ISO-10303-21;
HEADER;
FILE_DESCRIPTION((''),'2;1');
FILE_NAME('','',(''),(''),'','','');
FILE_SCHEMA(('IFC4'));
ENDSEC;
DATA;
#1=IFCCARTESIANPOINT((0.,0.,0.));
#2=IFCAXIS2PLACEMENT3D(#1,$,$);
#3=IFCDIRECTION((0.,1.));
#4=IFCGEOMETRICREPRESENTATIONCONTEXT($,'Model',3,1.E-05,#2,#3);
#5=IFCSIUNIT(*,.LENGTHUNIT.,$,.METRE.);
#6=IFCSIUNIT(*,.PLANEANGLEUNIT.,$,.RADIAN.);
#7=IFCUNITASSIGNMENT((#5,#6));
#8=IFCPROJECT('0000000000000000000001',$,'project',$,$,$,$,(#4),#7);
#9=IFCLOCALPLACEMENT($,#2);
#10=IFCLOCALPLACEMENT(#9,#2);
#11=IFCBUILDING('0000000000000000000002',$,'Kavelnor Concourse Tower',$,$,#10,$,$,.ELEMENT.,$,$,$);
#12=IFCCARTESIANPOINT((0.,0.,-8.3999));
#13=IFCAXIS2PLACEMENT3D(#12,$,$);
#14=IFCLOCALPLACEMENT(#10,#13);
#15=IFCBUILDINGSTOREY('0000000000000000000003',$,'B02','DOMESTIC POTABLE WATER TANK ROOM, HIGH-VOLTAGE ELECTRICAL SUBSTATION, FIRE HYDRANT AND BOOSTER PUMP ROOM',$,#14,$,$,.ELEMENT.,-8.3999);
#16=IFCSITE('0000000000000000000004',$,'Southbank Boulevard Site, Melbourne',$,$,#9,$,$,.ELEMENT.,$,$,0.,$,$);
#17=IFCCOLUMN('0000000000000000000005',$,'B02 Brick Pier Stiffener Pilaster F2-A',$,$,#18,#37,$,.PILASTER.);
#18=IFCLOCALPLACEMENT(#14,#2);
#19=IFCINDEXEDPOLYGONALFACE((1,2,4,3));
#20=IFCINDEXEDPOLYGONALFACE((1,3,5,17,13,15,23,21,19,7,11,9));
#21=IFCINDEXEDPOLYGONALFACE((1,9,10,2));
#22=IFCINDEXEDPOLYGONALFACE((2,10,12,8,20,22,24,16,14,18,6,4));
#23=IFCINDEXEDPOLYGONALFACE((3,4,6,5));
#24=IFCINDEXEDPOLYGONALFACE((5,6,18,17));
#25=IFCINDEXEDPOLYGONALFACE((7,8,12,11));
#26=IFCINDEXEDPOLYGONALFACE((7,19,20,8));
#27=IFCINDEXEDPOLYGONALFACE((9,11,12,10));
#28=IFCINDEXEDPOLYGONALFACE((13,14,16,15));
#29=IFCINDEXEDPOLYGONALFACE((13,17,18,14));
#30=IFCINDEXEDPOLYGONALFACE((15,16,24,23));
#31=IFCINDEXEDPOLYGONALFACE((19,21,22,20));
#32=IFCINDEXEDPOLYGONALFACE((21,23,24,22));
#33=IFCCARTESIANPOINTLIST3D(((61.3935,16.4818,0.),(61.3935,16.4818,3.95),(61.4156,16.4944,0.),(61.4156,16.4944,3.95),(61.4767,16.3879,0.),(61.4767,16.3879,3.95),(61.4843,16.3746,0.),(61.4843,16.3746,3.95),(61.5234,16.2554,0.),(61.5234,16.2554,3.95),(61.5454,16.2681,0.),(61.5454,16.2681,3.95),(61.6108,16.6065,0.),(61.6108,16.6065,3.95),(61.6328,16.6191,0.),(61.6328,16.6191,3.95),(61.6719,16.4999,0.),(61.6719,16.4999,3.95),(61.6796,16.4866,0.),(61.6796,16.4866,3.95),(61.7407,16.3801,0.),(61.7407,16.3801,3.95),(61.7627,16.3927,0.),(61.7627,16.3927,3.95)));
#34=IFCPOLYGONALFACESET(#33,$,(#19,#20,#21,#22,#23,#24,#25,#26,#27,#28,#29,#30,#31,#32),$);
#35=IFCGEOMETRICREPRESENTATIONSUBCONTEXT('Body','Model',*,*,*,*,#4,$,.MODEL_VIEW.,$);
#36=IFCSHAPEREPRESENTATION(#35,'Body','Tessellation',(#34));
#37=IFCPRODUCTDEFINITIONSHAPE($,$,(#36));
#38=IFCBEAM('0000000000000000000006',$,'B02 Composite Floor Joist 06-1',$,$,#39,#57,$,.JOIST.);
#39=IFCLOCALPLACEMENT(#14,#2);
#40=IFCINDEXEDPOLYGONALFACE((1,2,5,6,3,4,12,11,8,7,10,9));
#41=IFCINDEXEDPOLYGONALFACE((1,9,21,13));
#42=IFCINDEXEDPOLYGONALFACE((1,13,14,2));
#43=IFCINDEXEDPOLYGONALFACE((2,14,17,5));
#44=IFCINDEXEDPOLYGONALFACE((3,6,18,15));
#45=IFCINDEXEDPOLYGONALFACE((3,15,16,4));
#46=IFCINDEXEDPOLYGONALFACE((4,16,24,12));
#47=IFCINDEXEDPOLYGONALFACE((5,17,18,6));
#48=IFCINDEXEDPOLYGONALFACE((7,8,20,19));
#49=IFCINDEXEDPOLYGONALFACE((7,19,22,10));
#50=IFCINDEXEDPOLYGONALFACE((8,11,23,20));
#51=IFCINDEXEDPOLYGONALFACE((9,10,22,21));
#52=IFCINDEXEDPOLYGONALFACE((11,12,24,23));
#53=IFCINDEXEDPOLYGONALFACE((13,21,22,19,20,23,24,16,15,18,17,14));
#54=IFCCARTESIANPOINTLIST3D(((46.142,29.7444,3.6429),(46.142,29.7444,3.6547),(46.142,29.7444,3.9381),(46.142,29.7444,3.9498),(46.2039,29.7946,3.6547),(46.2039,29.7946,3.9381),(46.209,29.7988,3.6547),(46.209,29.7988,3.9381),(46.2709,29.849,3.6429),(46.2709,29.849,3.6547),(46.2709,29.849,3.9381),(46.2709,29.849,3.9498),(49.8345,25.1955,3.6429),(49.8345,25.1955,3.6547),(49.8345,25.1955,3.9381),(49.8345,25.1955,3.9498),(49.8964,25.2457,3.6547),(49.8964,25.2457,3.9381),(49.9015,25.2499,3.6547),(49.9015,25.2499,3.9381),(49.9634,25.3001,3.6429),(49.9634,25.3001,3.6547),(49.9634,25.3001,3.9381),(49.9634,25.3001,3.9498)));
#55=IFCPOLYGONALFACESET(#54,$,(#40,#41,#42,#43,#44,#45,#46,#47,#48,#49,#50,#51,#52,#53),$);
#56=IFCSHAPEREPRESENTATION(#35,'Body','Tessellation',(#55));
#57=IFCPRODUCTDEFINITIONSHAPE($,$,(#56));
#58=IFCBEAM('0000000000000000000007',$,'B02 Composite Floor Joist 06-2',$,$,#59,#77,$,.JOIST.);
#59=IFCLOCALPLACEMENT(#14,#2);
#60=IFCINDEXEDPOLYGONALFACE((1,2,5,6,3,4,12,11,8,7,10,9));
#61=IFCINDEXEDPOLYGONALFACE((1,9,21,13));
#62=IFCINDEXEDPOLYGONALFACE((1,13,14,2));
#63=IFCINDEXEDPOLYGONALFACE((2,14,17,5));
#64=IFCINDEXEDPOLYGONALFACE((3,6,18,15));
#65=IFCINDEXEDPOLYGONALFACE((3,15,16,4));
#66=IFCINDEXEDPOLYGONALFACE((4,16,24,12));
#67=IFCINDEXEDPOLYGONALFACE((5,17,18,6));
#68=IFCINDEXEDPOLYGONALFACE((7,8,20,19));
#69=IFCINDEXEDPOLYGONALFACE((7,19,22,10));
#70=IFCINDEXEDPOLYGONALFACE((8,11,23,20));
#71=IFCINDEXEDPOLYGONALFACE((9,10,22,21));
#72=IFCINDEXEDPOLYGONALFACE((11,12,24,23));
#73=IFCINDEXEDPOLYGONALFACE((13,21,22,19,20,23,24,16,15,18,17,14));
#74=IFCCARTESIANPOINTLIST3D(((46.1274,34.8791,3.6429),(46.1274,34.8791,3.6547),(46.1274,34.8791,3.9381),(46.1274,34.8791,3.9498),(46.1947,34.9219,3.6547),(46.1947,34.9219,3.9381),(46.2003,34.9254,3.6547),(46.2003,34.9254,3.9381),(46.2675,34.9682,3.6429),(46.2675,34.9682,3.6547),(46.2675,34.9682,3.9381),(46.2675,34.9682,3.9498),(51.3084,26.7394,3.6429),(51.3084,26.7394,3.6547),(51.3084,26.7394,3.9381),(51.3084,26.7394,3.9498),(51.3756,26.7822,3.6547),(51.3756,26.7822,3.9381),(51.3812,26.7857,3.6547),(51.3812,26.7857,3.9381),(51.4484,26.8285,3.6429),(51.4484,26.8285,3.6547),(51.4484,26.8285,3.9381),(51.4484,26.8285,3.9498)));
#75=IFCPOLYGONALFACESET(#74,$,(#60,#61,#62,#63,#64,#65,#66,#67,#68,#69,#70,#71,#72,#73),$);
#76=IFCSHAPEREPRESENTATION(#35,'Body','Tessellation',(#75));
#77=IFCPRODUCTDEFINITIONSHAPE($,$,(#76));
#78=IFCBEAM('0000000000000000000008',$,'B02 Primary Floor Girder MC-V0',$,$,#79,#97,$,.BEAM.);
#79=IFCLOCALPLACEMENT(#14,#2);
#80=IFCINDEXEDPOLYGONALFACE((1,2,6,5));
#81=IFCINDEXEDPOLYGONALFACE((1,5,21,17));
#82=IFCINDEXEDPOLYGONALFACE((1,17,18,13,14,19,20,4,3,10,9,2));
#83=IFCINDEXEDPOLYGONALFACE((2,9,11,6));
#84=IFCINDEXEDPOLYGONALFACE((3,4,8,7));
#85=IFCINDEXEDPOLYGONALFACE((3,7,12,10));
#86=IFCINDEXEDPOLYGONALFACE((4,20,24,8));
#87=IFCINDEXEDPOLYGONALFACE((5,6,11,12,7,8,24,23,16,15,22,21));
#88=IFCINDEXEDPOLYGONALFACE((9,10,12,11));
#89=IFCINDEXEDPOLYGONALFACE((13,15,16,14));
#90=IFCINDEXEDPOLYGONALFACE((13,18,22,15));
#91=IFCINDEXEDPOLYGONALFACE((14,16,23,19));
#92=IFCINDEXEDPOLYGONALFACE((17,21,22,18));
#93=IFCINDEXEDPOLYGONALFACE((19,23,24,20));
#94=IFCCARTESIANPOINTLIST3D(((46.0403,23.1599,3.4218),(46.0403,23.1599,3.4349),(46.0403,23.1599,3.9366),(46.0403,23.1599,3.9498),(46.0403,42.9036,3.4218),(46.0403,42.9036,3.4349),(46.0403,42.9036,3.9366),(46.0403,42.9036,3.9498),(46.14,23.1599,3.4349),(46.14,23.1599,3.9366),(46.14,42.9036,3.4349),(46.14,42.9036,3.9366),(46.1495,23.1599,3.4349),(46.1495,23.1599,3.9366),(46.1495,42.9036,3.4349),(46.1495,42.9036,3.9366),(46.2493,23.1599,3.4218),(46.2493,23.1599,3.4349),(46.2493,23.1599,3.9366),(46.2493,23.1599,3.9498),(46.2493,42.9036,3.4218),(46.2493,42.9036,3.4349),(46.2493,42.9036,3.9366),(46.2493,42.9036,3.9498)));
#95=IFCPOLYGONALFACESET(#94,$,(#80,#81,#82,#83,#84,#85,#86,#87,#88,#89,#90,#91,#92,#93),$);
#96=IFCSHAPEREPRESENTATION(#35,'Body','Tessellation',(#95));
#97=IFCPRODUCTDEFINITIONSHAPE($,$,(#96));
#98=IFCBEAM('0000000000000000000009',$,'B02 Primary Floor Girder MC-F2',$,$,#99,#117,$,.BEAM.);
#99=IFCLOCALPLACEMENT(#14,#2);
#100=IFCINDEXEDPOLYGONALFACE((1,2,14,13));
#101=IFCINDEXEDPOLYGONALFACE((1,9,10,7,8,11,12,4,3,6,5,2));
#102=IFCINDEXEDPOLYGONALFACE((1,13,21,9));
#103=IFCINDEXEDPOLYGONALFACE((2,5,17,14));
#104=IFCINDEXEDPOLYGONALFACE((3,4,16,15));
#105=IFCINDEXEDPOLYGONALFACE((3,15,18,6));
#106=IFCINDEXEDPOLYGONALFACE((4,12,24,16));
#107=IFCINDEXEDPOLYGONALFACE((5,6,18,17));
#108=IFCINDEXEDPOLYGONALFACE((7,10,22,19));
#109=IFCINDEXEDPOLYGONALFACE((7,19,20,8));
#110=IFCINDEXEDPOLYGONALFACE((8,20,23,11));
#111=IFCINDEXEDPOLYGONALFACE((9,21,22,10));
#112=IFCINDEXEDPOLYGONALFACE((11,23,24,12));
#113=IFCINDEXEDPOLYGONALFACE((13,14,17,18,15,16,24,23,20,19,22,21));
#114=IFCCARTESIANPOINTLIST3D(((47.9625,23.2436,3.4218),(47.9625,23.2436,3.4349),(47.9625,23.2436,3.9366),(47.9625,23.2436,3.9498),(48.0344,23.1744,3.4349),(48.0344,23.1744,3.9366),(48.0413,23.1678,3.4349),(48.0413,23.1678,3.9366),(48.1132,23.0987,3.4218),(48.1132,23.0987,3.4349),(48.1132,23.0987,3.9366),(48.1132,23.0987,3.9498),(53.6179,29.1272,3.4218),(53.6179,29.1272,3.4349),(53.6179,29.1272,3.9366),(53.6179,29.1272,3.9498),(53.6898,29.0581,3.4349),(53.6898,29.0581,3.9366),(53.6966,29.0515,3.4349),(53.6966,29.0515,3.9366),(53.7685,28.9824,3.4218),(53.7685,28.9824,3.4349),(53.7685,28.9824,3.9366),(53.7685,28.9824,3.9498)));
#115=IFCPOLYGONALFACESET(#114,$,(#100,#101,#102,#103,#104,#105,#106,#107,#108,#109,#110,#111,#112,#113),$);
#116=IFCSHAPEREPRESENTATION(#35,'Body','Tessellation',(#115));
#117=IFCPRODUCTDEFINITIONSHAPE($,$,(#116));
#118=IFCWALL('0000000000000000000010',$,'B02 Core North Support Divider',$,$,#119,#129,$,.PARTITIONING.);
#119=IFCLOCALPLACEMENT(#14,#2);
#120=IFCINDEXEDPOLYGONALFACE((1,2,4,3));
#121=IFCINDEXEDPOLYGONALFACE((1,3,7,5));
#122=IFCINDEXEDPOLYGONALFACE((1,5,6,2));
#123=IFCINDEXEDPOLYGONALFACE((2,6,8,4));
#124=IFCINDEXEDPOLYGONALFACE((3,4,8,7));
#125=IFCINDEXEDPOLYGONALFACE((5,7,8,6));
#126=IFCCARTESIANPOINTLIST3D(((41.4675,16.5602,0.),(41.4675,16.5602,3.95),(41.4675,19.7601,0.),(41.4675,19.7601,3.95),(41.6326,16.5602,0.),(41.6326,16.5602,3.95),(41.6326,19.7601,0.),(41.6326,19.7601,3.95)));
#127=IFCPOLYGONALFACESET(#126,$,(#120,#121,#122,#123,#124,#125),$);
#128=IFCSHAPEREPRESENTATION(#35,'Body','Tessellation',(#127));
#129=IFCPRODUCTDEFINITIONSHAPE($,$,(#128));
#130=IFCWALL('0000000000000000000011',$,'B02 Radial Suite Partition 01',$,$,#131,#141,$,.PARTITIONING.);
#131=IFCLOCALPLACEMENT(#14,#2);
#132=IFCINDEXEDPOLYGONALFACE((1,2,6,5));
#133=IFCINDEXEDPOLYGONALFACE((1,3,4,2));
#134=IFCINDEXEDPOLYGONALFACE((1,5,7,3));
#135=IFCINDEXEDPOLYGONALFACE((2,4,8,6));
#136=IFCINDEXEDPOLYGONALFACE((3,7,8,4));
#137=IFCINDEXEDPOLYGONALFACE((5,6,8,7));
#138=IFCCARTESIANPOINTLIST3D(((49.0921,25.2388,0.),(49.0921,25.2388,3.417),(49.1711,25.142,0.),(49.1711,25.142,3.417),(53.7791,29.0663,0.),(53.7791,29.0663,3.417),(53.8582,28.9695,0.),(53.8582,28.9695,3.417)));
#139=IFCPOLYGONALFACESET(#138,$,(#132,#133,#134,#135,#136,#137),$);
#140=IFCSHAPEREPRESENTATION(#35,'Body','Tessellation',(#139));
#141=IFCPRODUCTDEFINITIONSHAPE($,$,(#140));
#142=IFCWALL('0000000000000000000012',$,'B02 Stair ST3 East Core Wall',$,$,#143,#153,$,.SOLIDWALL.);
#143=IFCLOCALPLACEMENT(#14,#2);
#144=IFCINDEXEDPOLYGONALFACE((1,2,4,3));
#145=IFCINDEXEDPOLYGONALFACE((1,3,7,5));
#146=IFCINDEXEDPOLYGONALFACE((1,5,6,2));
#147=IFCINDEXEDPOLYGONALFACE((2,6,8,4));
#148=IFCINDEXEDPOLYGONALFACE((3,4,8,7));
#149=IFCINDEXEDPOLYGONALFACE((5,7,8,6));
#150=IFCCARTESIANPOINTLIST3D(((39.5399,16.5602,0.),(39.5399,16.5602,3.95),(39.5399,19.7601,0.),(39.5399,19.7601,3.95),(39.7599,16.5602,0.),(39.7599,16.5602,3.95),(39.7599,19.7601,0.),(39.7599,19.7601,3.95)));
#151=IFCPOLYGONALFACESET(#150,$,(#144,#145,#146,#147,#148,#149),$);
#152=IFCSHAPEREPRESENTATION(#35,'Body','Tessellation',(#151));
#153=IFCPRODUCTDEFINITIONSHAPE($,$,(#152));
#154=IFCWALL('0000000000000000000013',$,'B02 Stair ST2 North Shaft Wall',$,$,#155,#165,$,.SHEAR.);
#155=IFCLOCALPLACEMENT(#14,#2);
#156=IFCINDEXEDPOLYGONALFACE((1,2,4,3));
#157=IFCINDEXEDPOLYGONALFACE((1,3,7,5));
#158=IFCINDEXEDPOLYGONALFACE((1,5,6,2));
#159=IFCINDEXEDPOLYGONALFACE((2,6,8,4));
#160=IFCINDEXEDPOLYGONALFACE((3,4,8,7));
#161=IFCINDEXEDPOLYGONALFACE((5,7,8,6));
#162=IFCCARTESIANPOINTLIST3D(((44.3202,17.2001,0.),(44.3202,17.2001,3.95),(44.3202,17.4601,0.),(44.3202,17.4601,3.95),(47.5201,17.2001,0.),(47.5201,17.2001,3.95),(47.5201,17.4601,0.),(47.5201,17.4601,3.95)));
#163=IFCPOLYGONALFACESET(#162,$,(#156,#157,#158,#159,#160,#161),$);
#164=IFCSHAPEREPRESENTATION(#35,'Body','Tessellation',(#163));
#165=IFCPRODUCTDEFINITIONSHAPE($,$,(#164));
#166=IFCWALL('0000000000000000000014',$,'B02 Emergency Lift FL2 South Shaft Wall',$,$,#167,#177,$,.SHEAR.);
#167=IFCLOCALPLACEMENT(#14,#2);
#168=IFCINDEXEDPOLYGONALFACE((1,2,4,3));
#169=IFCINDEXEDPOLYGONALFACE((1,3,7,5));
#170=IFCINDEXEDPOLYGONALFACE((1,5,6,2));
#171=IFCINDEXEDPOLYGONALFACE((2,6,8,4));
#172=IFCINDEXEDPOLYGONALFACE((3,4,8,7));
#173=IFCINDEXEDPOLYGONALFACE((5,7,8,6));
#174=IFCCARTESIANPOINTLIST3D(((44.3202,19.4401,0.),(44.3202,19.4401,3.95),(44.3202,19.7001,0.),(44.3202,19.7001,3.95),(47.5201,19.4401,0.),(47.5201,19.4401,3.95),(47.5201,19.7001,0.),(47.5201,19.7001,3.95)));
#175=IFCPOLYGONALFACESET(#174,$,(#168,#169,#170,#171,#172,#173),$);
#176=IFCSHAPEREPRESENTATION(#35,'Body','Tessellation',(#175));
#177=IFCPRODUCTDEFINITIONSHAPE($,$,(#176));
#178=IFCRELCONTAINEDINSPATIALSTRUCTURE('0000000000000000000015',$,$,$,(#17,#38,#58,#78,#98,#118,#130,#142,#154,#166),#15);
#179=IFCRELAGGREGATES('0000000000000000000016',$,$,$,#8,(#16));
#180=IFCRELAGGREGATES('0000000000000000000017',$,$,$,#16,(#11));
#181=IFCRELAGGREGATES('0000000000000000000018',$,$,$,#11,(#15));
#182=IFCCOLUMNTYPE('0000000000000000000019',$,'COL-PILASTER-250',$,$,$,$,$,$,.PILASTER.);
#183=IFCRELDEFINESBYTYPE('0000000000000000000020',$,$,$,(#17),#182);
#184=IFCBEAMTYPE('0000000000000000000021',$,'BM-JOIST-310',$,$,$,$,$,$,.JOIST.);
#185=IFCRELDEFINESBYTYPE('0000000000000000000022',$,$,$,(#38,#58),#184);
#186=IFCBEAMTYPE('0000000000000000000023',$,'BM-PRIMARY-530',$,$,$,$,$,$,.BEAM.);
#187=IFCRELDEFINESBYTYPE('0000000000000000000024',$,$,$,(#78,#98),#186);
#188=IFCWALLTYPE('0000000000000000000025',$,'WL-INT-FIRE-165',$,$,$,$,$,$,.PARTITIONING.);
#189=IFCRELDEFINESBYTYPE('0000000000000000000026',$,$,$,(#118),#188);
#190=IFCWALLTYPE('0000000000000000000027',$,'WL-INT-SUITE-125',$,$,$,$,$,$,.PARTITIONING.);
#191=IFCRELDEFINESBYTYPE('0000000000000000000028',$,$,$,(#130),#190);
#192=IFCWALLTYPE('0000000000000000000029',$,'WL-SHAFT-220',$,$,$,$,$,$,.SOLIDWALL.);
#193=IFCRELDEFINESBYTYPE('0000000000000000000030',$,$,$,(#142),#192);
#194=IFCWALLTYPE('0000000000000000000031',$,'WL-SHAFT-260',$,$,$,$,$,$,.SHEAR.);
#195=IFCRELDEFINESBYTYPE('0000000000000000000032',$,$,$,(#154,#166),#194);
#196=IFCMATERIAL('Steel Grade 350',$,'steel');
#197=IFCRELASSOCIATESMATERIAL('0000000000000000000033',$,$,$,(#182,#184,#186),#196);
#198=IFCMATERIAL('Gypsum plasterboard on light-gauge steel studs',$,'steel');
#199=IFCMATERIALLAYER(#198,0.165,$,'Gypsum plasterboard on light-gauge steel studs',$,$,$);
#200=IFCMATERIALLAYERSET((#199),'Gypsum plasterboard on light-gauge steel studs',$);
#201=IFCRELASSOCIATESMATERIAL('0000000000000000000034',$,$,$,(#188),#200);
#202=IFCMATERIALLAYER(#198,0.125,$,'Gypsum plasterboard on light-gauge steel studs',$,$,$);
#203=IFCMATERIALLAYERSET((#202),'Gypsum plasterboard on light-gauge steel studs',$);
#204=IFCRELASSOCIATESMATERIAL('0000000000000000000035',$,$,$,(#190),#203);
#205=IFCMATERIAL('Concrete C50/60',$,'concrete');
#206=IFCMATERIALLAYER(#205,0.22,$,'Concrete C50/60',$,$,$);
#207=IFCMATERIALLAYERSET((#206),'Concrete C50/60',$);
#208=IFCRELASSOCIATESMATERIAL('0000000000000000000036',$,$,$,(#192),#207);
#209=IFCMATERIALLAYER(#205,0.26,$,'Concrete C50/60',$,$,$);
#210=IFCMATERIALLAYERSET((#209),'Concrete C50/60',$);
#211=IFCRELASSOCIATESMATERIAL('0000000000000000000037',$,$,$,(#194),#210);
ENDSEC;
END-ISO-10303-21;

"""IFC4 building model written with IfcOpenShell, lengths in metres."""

from ifc_helpers import new_model, si_unit, direction, frame, frame_2d, origin, origin_2d, place, context, subcontext, project, spatial, rectangle, i_section, extrude, material, layer, layer_set, material_profile, profile_set, type_object, element, save


model = new_model("IFC4")

# Units and contexts
model_context = context("Model", 3, precision=1e-05, world=origin(), true_north=direction((0.0, 1.0)))
body_context = subcontext(model_context, "Body", "Model", "MODEL_VIEW")
ifc_project = project(units=[si_unit("LENGTHUNIT", "METRE"), si_unit("PLANEANGLEUNIT", "RADIAN")], contexts=[model_context])

# Site, building, storey
site_placement = place(None, origin())
site = spatial("IfcSite", under=ifc_project, at=site_placement, Name="Southbank Boulevard Site, Melbourne", CompositionType="ELEMENT", RefElevation=0.0)
building_placement = place(site_placement, origin())
building = spatial("IfcBuilding", under=site, at=building_placement, Name="Kavelnor Concourse Tower", CompositionType="ELEMENT")
storey_placement = place(building_placement, frame((0.0, 0.0, -8.3999)))
storey = spatial("IfcBuildingStorey", under=building, at=storey_placement, Name="B02", Description="DOMESTIC POTABLE WATER TANK ROOM, HIGH-VOLTAGE ELECTRICAL SUBSTATION, FIRE HYDRANT AND BOOSTER PUMP ROOM", CompositionType="ELEMENT", Elevation=-8.3999)

# Shared definitions
ifc_material_1 = material(Name="Concrete C50/60", Category="concrete")

# Column
ifc_material_2 = material(Name="Steel Grade 350", Category="steel")
ifc_material_profile_1 = material_profile(ifc_material_2, i_section(OverallWidth=0.261, OverallDepth=0.2759, WebThickness=0.0154, FlangeThickness=0.0254, at=origin_2d()), Name="UC 254x254x132")
ifc_profile_set_1 = profile_set([ifc_material_profile_1], Name="Steel Grade 350")
column_type_1 = type_object("IfcColumnType", Name="COL-PILASTER-250", PredefinedType="PILASTER", material=ifc_profile_set_1)
column_1_placement = place(storey_placement, frame((61.5781, 16.4373, 0.0), z_axis=(0.0, 0.0, 1.0), x_axis=(-0.49758, 0.867418, 0.0)))
element("IfcColumn", 1, at=column_1_placement, inside=storey, type_object=column_type_1, Name="B02 Brick Pier Stiffener Pilaster F2-A", PredefinedType="PILASTER", context=body_context, shape_type="SweptSolid", body=[
    extrude(i_section(OverallWidth=0.261, OverallDepth=0.2759, WebThickness=0.0154, FlangeThickness=0.0254, at=origin_2d()), origin(), (0.0, 0.0, 1.0), 3.95),
])

# Beams
ifc_material_profile_2 = material_profile(ifc_material_2, i_section(OverallWidth=0.166, OverallDepth=0.3069, WebThickness=0.0066, FlangeThickness=0.0117, at=origin_2d()), Name="310UB46")
ifc_profile_set_2 = profile_set([ifc_material_profile_2], Name="Steel Grade 350")
beam_type_1 = type_object("IfcBeamType", Name="BM-JOIST-310", PredefinedType="JOIST", material=ifc_profile_set_2)
beam_1_placement = place(storey_placement, frame((49.8989, 25.2478, 3.7964), z_axis=(-0.630229, 0.77641, 0.0), x_axis=(-0.77641, -0.630229, 0.0)))
element("IfcBeam", 2, at=beam_1_placement, inside=storey, type_object=beam_type_1, Name="B02 Composite Floor Joist 06-1", PredefinedType="JOIST", context=body_context, shape_type="SweptSolid", body=[
    extrude(i_section(OverallWidth=0.166, OverallDepth=0.3069, WebThickness=0.0066, FlangeThickness=0.0117, at=origin_2d()), origin(), (0.0, 0.0, 1.0), 5.8589),
])
beam_2_placement = place(storey_placement, frame((51.3784, 26.7839, 3.7964), z_axis=(-0.536959, 0.843608, 0.0), x_axis=(-0.843608, -0.536959, 0.0)))
element("IfcBeam", 3, at=beam_2_placement, inside=storey, type_object=beam_type_1, Name="B02 Composite Floor Joist 06-2", PredefinedType="JOIST", context=body_context, shape_type="SweptSolid", body=[
    extrude(i_section(OverallWidth=0.166, OverallDepth=0.3069, WebThickness=0.0066, FlangeThickness=0.0117, at=origin_2d()), origin(), (0.0, 0.0, 1.0), 9.6487),
])
ifc_material_profile_3 = material_profile(ifc_material_2, i_section(OverallWidth=0.209, OverallDepth=0.5281, WebThickness=0.0095, FlangeThickness=0.0132, at=origin_2d()), Name="530UB82")
ifc_profile_set_3 = profile_set([ifc_material_profile_3], Name="Steel Grade 350")
beam_type_2 = type_object("IfcBeamType", Name="BM-PRIMARY-530", PredefinedType="BEAM", material=ifc_profile_set_3)
beam_3_placement = place(storey_placement, frame((46.1448, 23.1599, 3.6858), z_axis=(0.0, 1.0, 0.0), x_axis=(-1.0, 0.0, 0.0)))
element("IfcBeam", 4, at=beam_3_placement, inside=storey, type_object=beam_type_2, Name="B02 Primary Floor Girder MC-V0", PredefinedType="BEAM", context=body_context, shape_type="SweptSolid", body=[
    extrude(i_section(OverallWidth=0.209, OverallDepth=0.5281, WebThickness=0.0095, FlangeThickness=0.0132, at=origin_2d()), origin(), (0.0, 0.0, 1.0), 19.7437),
])
beam_4_placement = place(storey_placement, frame((48.0378, 23.1711, 3.6858), z_axis=(0.692983, 0.720954, 0.0), x_axis=(-0.720954, 0.692983, 0.0)))
element("IfcBeam", 5, at=beam_4_placement, inside=storey, type_object=beam_type_2, Name="B02 Primary Floor Girder MC-F2", PredefinedType="BEAM", context=body_context, shape_type="SweptSolid", body=[
    extrude(i_section(OverallWidth=0.209, OverallDepth=0.5281, WebThickness=0.0095, FlangeThickness=0.0132, at=origin_2d()), origin(), (0.0, 0.0, 1.0), 8.1609),
])

# Walls
ifc_material_3 = material(Name="Gypsum plasterboard on light-gauge steel studs", Category="steel")
ifc_layer_1 = layer(ifc_material_3, 0.165, Name="Gypsum plasterboard on light-gauge steel studs")
ifc_layer_set_1 = layer_set([ifc_layer_1], Name="Gypsum plasterboard on light-gauge steel studs")
wall_type_1 = type_object("IfcWallType", Name="WL-INT-FIRE-165", PredefinedType="PARTITIONING", material=ifc_layer_set_1)
wall_1_placement = place(storey_placement, frame((41.55, 16.5601, 0.0), z_axis=(0.0, 0.0, 1.0), x_axis=(0.0, 1.0, 0.0)))
element("IfcWall", 6, at=wall_1_placement, inside=storey, type_object=wall_type_1, Name="B02 Core North Support Divider", PredefinedType="PARTITIONING", context=body_context, shape_type="SweptSolid", body=[
    extrude(rectangle(XDim=3.2, YDim=0.165, at=frame_2d((1.6001, 0.0))), origin(), (0.0, 0.0, 1.0), 3.95),
])
ifc_layer_2 = layer(ifc_material_3, 0.125, Name="Gypsum plasterboard on light-gauge steel studs")
ifc_layer_set_2 = layer_set([ifc_layer_2], Name="Gypsum plasterboard on light-gauge steel studs")
wall_type_2 = type_object("IfcWallType", Name="WL-INT-SUITE-125", PredefinedType="PARTITIONING", material=ifc_layer_set_2)
wall_2_placement = place(storey_placement, frame((49.1316, 25.1904, 0.0), z_axis=(0.0, 0.0, 1.0), x_axis=(0.774559, 0.632501, 0.0)))
element("IfcWall", 7, at=wall_2_placement, inside=storey, type_object=wall_type_2, Name="B02 Radial Suite Partition 01", PredefinedType="PARTITIONING", context=body_context, shape_type="SweptSolid", body=[
    extrude(rectangle(XDim=6.0513, YDim=0.125, at=frame_2d((3.0256, 0.0))), origin(), (0.0, 0.0, 1.0), 3.417),
])
ifc_layer_3 = layer(ifc_material_1, 0.22, Name="Concrete C50/60")
ifc_layer_set_3 = layer_set([ifc_layer_3], Name="Concrete C50/60")
wall_type_3 = type_object("IfcWallType", Name="WL-SHAFT-220", PredefinedType="SOLIDWALL", material=ifc_layer_set_3)
wall_3_placement = place(storey_placement, frame((39.6499, 16.5601, 0.0), z_axis=(0.0, 0.0, 1.0), x_axis=(0.0, 1.0, 0.0)))
element("IfcWall", 8, at=wall_3_placement, inside=storey, type_object=wall_type_3, Name="B02 Stair ST3 East Core Wall", PredefinedType="SOLIDWALL", context=body_context, shape_type="SweptSolid", body=[
    extrude(rectangle(XDim=3.2, YDim=0.22, at=frame_2d((1.6001, 0.0))), origin(), (0.0, 0.0, 1.0), 3.95),
])
ifc_layer_4 = layer(ifc_material_1, 0.26, Name="Concrete C50/60")
ifc_layer_set_4 = layer_set([ifc_layer_4], Name="Concrete C50/60")
wall_type_4 = type_object("IfcWallType", Name="WL-SHAFT-260", PredefinedType="SHEAR", material=ifc_layer_set_4)
for number, where, z_axis, x_axis, name in (
    (9, (44.3201, 17.3301, 0.0), (0.0, 0.0, 1.0), (1.0, 0.0, 0.0), "B02 Stair ST2 North Shaft Wall"),
    (10, (44.3201, 19.5701, 0.0), (0.0, 0.0, 1.0), (1.0, 0.0, 0.0), "B02 Emergency Lift FL2 South Shaft Wall"),
):
    element("IfcWall", number, at=place(storey_placement, frame(where, z_axis=z_axis, x_axis=x_axis)), inside=storey, type_object=wall_type_4, Name=name, PredefinedType="SHEAR", context=body_context, shape_type="SweptSolid", body=[
        extrude(rectangle(XDim=3.2, YDim=0.26, at=frame_2d((1.6001, 0.0))), origin(), (0.0, 0.0, 1.0), 3.95),
    ])

save(model, "model.ifc")
